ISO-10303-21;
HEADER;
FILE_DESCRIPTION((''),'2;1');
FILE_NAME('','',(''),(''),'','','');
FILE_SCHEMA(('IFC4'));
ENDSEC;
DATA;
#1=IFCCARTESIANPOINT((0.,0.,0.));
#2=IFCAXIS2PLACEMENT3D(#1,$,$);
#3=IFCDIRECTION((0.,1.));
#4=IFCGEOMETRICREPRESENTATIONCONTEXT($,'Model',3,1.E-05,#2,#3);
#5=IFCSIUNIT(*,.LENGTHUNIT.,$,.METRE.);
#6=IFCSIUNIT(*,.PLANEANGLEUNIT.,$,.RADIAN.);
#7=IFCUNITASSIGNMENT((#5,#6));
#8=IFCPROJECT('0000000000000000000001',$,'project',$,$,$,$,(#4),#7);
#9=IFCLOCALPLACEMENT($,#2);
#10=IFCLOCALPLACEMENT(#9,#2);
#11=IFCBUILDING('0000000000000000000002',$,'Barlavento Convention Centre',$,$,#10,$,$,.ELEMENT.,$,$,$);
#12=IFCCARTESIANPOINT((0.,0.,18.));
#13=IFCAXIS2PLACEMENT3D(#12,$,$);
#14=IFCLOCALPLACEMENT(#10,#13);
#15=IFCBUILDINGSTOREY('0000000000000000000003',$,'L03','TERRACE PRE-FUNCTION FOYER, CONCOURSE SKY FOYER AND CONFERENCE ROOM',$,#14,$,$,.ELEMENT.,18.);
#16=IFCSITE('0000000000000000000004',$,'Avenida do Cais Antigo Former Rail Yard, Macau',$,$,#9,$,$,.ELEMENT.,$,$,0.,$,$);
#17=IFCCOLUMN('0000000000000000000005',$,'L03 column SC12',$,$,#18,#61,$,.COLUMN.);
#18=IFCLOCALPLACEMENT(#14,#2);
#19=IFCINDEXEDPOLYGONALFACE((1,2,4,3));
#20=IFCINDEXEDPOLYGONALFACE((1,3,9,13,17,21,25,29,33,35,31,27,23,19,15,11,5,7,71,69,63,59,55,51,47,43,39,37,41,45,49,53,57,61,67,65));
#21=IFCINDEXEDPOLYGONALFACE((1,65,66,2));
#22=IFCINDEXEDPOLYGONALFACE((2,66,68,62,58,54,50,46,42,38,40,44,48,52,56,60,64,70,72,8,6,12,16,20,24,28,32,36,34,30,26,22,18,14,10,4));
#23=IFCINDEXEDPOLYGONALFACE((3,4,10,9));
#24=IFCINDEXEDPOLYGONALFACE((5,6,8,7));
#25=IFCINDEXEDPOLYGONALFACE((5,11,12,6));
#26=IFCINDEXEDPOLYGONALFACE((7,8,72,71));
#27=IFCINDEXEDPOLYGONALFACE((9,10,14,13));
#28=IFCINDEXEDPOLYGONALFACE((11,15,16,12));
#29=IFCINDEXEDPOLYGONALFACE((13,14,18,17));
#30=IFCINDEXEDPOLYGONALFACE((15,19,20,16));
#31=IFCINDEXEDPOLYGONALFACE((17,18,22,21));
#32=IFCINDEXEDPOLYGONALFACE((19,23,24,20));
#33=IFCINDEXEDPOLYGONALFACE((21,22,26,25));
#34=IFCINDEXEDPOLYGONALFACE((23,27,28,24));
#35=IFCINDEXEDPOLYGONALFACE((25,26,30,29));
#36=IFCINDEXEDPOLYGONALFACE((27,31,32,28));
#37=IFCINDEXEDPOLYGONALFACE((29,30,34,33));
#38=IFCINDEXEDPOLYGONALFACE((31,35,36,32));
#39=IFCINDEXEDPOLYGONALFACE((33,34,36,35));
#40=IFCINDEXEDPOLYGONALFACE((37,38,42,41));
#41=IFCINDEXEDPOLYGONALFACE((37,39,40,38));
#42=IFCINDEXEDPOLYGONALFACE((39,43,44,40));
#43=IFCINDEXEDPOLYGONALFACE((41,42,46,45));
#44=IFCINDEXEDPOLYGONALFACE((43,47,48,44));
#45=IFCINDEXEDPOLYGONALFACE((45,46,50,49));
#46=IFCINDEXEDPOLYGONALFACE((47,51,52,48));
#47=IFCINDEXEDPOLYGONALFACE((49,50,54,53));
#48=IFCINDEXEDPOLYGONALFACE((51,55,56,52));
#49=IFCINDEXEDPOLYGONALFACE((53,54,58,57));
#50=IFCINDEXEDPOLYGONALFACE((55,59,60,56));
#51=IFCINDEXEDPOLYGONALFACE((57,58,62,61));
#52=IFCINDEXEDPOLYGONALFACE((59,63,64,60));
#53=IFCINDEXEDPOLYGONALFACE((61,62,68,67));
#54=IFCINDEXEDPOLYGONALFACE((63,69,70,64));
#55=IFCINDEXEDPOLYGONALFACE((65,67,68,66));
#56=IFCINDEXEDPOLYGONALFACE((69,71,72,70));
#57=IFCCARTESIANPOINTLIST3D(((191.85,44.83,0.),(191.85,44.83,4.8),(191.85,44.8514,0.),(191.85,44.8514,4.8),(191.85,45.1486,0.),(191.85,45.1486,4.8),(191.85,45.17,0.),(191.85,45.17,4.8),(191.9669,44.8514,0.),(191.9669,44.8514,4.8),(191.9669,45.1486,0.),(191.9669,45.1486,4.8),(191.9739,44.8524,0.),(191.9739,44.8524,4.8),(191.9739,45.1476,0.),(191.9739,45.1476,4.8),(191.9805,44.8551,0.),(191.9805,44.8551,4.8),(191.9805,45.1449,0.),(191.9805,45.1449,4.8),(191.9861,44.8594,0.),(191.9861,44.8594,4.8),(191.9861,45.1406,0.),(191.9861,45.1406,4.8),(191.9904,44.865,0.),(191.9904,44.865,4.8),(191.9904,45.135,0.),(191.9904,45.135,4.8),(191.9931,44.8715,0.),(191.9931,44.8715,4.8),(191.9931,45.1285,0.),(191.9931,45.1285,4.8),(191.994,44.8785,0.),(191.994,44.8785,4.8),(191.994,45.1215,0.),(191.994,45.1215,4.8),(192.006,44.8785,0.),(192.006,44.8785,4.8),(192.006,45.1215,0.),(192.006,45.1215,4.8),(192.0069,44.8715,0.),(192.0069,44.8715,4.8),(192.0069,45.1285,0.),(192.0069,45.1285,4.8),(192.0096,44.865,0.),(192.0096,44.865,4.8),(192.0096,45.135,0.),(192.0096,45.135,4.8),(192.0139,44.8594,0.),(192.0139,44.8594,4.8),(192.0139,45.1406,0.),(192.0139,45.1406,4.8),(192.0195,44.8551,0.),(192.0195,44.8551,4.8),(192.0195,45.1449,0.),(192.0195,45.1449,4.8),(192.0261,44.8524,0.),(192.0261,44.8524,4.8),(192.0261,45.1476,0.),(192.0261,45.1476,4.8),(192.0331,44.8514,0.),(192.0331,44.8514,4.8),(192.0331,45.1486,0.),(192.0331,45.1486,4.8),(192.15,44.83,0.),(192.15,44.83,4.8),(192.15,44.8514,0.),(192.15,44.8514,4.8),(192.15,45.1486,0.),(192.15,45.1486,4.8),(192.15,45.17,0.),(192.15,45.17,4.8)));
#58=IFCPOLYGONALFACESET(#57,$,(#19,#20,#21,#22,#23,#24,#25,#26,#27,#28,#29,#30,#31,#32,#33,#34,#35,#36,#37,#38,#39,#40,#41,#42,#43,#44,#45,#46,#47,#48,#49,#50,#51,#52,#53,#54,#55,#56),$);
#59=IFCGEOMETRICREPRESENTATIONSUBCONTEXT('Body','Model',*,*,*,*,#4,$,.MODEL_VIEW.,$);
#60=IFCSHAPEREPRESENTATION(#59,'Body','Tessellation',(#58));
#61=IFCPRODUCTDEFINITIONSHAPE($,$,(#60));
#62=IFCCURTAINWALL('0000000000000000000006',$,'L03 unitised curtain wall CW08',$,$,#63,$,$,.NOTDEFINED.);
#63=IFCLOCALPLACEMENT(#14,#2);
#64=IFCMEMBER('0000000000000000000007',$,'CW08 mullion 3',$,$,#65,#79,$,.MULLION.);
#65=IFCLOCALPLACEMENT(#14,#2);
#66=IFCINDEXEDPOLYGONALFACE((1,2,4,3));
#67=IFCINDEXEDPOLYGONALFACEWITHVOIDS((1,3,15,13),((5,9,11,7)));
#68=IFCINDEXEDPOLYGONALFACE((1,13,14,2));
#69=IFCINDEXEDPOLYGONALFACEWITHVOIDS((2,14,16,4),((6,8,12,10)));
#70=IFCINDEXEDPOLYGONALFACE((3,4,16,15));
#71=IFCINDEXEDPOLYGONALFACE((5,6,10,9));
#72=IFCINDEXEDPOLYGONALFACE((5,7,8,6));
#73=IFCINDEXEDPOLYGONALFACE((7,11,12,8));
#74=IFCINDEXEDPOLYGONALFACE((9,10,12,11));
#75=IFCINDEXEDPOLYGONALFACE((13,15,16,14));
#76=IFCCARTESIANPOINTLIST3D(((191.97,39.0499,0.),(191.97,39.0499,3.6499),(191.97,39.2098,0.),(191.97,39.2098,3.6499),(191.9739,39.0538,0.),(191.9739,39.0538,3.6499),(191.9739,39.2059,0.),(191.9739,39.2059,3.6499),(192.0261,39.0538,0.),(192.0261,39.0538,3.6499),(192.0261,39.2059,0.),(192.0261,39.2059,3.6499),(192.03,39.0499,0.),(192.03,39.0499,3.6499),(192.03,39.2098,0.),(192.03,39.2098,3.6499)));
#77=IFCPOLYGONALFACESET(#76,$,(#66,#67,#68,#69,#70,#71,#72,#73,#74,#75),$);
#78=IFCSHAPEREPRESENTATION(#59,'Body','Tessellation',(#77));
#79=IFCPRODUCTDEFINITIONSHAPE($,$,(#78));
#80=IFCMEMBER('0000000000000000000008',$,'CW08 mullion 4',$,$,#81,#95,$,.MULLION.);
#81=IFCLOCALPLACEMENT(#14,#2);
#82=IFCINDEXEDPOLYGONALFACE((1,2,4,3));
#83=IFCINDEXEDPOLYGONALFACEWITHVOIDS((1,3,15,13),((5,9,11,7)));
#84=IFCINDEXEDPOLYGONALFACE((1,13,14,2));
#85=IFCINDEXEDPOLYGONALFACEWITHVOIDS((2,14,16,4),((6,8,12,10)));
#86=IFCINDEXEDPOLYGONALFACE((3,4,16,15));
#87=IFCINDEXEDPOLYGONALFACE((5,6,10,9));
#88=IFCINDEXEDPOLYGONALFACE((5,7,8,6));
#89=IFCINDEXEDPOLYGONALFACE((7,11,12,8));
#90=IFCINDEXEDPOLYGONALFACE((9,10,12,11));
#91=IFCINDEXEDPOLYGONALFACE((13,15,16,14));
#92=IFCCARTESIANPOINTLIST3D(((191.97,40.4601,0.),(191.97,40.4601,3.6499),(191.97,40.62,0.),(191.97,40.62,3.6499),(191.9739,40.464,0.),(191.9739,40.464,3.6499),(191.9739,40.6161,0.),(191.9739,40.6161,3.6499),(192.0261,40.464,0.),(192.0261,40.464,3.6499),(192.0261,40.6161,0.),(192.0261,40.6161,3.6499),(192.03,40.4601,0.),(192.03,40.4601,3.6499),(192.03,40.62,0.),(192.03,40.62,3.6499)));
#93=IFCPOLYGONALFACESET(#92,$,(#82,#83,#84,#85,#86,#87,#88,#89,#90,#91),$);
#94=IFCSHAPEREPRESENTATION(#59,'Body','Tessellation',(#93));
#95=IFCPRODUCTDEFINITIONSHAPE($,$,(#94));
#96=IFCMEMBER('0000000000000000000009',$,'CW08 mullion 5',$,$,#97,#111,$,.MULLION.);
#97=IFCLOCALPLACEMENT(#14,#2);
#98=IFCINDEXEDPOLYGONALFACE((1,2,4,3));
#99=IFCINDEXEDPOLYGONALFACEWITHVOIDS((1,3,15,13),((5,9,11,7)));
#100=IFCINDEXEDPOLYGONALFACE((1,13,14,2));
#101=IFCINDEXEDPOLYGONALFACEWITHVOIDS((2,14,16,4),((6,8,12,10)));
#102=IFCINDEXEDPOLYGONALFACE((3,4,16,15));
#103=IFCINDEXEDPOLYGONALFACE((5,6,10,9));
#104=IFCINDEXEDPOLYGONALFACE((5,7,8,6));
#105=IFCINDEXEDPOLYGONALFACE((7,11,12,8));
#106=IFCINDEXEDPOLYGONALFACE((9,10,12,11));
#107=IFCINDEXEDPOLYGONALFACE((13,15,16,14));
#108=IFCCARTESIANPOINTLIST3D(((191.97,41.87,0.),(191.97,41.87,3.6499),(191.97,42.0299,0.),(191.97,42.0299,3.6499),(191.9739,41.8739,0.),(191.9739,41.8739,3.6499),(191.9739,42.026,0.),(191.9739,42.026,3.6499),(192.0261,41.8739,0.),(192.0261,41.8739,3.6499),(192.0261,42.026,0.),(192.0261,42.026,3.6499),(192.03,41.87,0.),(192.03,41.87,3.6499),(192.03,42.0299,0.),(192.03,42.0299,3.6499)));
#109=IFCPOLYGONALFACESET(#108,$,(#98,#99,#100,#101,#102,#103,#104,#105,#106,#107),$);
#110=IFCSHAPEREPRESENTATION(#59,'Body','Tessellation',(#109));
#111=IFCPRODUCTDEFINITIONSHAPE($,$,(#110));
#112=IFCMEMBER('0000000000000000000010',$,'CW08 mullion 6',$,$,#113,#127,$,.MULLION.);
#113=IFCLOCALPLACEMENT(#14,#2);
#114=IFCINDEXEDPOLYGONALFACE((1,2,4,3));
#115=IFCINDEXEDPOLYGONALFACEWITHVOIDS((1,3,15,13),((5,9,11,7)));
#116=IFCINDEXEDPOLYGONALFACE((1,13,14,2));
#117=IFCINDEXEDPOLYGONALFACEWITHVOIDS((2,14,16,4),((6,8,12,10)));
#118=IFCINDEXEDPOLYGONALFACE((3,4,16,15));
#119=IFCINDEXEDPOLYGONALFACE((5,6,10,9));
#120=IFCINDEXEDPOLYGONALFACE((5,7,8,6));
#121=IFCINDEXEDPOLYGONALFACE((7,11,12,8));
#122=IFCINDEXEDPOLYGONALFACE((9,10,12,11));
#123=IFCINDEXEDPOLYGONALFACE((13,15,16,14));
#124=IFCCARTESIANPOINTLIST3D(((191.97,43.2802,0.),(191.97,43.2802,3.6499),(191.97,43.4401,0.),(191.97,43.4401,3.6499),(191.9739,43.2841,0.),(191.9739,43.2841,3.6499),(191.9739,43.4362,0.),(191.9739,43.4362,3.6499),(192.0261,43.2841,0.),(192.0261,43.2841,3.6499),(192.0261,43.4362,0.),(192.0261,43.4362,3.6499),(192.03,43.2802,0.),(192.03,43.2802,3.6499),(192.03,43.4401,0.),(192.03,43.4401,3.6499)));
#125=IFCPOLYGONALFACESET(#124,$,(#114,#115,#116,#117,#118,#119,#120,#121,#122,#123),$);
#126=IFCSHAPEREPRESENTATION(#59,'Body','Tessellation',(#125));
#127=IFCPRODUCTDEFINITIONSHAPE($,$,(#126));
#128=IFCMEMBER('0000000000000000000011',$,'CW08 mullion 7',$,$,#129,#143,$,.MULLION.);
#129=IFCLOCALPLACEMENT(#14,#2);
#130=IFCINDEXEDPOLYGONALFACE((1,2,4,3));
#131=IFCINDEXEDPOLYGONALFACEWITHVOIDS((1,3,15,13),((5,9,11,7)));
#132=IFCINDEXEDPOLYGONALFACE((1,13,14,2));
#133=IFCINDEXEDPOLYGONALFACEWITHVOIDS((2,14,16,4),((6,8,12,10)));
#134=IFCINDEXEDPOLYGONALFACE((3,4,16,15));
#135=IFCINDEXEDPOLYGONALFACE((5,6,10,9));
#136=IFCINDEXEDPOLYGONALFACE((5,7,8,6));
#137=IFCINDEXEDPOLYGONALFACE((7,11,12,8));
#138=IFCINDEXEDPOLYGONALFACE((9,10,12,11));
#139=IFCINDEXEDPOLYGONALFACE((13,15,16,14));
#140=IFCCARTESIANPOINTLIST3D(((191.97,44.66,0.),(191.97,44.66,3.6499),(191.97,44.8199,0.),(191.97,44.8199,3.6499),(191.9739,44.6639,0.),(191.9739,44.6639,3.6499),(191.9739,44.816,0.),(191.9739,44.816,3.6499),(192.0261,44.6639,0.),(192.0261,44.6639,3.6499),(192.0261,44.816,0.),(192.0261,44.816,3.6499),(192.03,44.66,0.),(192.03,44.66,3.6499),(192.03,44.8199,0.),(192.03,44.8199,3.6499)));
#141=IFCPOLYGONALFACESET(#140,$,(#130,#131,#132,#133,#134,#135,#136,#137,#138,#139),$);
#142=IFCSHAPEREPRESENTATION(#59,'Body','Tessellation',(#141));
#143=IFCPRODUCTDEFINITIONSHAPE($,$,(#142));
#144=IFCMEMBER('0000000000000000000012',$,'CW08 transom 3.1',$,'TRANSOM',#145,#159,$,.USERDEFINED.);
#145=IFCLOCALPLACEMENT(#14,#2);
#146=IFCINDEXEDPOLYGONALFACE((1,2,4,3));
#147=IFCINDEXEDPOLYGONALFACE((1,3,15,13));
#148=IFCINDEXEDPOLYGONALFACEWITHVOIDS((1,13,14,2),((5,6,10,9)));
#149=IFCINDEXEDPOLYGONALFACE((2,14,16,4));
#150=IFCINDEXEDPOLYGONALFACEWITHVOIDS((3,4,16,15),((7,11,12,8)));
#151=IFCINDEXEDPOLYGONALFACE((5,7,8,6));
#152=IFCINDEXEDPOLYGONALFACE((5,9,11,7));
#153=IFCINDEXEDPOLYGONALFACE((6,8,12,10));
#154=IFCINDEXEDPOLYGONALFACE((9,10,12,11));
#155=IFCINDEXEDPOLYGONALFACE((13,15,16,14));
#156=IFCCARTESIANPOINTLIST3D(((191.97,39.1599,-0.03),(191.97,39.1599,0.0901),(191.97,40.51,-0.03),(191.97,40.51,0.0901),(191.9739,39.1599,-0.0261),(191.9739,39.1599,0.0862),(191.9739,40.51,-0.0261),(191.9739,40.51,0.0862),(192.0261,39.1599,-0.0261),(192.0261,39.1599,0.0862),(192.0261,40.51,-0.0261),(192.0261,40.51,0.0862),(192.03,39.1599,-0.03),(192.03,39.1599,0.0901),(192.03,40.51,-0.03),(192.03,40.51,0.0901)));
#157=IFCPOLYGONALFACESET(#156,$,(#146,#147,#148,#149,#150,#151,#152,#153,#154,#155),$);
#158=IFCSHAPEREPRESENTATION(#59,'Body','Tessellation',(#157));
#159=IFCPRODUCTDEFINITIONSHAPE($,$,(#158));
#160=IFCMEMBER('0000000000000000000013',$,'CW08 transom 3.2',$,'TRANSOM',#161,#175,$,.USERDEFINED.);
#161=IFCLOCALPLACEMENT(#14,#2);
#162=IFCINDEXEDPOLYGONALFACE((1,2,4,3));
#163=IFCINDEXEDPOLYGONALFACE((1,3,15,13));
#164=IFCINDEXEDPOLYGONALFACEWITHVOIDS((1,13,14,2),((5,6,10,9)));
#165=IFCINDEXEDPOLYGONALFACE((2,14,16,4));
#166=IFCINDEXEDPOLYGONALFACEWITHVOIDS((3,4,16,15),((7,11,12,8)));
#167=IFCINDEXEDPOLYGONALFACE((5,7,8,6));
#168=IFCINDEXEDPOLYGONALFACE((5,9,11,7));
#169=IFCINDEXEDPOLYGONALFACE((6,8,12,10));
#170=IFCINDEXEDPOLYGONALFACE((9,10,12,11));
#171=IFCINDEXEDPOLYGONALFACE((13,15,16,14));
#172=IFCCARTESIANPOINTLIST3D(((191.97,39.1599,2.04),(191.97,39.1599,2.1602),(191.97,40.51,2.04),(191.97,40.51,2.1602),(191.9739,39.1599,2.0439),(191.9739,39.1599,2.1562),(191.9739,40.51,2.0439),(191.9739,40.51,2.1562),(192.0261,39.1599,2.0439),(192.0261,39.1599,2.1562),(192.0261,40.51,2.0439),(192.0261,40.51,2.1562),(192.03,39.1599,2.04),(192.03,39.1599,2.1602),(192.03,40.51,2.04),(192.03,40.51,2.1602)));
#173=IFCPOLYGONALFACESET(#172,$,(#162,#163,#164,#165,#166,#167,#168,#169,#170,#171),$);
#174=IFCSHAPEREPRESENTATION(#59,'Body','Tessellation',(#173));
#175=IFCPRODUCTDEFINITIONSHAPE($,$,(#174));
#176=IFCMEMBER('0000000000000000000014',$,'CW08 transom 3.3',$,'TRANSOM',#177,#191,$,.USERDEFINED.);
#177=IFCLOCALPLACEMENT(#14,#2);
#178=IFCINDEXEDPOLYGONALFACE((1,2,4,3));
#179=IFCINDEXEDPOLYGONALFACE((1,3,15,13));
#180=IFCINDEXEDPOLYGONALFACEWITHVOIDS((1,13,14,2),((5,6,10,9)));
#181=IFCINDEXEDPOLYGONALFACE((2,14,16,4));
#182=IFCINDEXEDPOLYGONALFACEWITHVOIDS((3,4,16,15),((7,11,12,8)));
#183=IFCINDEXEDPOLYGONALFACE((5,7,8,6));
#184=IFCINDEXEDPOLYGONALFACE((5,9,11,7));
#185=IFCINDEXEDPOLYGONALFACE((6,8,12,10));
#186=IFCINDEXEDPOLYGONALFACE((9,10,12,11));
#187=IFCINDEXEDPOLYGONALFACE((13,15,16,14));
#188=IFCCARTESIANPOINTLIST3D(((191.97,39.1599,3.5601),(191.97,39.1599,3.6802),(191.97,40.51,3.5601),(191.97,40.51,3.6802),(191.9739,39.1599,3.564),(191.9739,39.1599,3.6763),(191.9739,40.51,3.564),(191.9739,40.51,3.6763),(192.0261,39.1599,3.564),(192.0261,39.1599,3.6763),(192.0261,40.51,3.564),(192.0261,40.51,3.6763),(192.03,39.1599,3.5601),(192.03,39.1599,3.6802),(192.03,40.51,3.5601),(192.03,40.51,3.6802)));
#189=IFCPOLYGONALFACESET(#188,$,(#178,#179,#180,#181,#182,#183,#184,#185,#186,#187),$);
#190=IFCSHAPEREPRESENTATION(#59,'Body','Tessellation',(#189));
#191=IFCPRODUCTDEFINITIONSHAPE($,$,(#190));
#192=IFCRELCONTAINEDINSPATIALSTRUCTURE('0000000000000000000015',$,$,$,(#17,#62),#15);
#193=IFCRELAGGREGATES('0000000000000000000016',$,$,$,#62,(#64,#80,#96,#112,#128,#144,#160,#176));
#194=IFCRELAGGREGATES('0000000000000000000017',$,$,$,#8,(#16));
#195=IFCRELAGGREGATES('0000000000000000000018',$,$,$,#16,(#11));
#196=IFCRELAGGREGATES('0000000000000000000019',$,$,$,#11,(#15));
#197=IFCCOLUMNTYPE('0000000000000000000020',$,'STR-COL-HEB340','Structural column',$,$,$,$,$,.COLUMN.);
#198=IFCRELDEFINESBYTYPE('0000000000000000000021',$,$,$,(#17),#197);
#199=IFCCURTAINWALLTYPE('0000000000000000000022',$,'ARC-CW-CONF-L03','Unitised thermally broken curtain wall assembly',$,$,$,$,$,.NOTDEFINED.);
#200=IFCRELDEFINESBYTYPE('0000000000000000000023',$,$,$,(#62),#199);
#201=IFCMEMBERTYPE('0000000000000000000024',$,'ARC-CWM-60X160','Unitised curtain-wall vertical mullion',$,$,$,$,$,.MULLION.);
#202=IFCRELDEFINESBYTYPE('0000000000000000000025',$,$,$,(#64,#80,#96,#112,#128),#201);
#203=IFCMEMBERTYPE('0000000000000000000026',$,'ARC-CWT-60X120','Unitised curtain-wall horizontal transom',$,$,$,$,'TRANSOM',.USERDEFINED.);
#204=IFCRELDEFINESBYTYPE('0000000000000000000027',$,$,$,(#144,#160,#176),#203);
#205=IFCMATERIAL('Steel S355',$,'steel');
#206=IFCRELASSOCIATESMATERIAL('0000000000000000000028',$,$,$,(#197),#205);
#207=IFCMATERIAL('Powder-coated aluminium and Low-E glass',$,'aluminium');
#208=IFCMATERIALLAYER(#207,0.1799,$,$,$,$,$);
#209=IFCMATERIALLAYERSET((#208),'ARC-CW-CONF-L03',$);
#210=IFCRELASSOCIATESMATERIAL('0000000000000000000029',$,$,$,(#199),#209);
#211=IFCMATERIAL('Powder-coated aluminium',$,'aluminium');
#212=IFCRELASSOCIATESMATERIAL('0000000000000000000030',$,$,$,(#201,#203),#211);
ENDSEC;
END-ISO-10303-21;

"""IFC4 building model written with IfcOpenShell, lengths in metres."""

from ifc_helpers import new_model, si_unit, direction, frame, origin, origin_2d, place, context, subcontext, project, spatial, hollow_rectangle, i_section, extrude, material, layer, layer_set, material_profile, profile_set, type_object, element, aggregate, save


model = new_model("IFC4")

# Units and contexts
model_context = context("Model", 3, precision=1e-05, world=origin(), true_north=direction((0.0, 1.0)))
body_context = subcontext(model_context, "Body", "Model", "MODEL_VIEW")
ifc_project = project(units=[si_unit("LENGTHUNIT", "METRE"), si_unit("PLANEANGLEUNIT", "RADIAN")], contexts=[model_context])

# Site, building, storey
site_placement = place(None, origin())
site = spatial("IfcSite", under=ifc_project, at=site_placement, Name="Avenida do Cais Antigo Former Rail Yard, Macau", CompositionType="ELEMENT", RefElevation=0.0)
building_placement = place(site_placement, origin())
building = spatial("IfcBuilding", under=site, at=building_placement, Name="Barlavento Convention Centre", CompositionType="ELEMENT")
storey_placement = place(building_placement, frame((0.0, 0.0, 18.0)))
storey = spatial("IfcBuildingStorey", under=building, at=storey_placement, Name="L03", Description="TERRACE PRE-FUNCTION FOYER, CONCOURSE SKY FOYER AND CONFERENCE ROOM", CompositionType="ELEMENT", Elevation=18.0)

# Column
ifc_material_1 = material(Name="Steel S355", Category="steel")
ifc_material_profile_1 = material_profile(ifc_material_1, i_section(OverallWidth=0.3, OverallDepth=0.3401, WebThickness=0.012, FlangeThickness=0.0215, FilletRadius=0.0271, at=origin_2d()), Name="HEB 340")
ifc_profile_set_1 = profile_set([ifc_material_profile_1], Name="Steel S355")
column_type = type_object("IfcColumnType", Name="STR-COL-HEB340", Description="Structural column", PredefinedType="COLUMN", material=ifc_profile_set_1)
column_placement = place(storey_placement, frame((192.0, 45.0, 0.0), z_axis=(0.0, 0.0, 1.0), x_axis=(1.0, 0.0, 0.0)))
element("IfcColumn", 1, at=column_placement, inside=storey, type_object=column_type, Name="L03 column SC12", PredefinedType="COLUMN", context=body_context, shape_type="SweptSolid", body=[
    extrude(i_section(OverallWidth=0.3, OverallDepth=0.3401, WebThickness=0.012, FlangeThickness=0.0215, FilletRadius=0.0271, at=origin_2d()), origin(), (0.0, 0.0, 1.0), 4.8),
])

# Curtain wall, members
ifc_material_2 = material(Name="Powder-coated aluminium and Low-E glass", Category="aluminium")
ifc_layer_1 = layer(ifc_material_2, 0.1799)
ifc_layer_set_1 = layer_set([ifc_layer_1], Name="ARC-CW-CONF-L03")
curtain_wall_type = type_object("IfcCurtainWallType", Name="ARC-CW-CONF-L03", Description="Unitised thermally broken curtain wall assembly", PredefinedType="NOTDEFINED", material=ifc_layer_set_1)
curtain_wall_placement = place(storey_placement, origin())
curtain_wall = element("IfcCurtainWall", 2, at=curtain_wall_placement, inside=storey, type_object=curtain_wall_type, Name="L03 unitised curtain wall CW08", PredefinedType="NOTDEFINED")
ifc_material_3 = material(Name="Powder-coated aluminium", Category="aluminium")
ifc_material_profile_2 = material_profile(ifc_material_3, hollow_rectangle(XDim=0.0601, YDim=0.1599, WallThickness=0.0039, at=origin_2d()), Name="AL-MULL 60x160x4")
ifc_profile_set_2 = profile_set([ifc_material_profile_2], Name="Powder-coated aluminium")
member_type_1 = type_object("IfcMemberType", Name="ARC-CWM-60X160", Description="Unitised curtain-wall vertical mullion", PredefinedType="MULLION", material=ifc_profile_set_2)
member_1_placement = place(storey_placement, frame((192.0, 39.1299, 0.0), z_axis=(0.0, 0.0, 1.0), x_axis=(-1.0, 0.0, 0.0)))
member_1 = element("IfcMember", 3, at=member_1_placement, type_object=member_type_1, Name="CW08 mullion 3", PredefinedType="MULLION", context=body_context, shape_type="SweptSolid", body=[
    extrude(hollow_rectangle(XDim=0.0601, YDim=0.1599, WallThickness=0.0039, at=origin_2d()), origin(), (0.0, 0.0, 1.0), 3.6499),
])
member_2_placement = place(storey_placement, frame((192.0, 40.54, 0.0), z_axis=(0.0, 0.0, 1.0), x_axis=(-1.0, 0.0, 0.0)))
member_2 = element("IfcMember", 4, at=member_2_placement, type_object=member_type_1, Name="CW08 mullion 4", PredefinedType="MULLION", context=body_context, shape_type="SweptSolid", body=[
    extrude(hollow_rectangle(XDim=0.0601, YDim=0.1599, WallThickness=0.0039, at=origin_2d()), origin(), (0.0, 0.0, 1.0), 3.6499),
])
member_3_placement = place(storey_placement, frame((192.0, 41.95, 0.0), z_axis=(0.0, 0.0, 1.0), x_axis=(-1.0, 0.0, 0.0)))
member_3 = element("IfcMember", 5, at=member_3_placement, type_object=member_type_1, Name="CW08 mullion 5", PredefinedType="MULLION", context=body_context, shape_type="SweptSolid", body=[
    extrude(hollow_rectangle(XDim=0.0601, YDim=0.1599, WallThickness=0.0039, at=origin_2d()), origin(), (0.0, 0.0, 1.0), 3.6499),
])
member_4_placement = place(storey_placement, frame((192.0, 43.3601, 0.0), z_axis=(0.0, 0.0, 1.0), x_axis=(-1.0, 0.0, 0.0)))
member_4 = element("IfcMember", 6, at=member_4_placement, type_object=member_type_1, Name="CW08 mullion 6", PredefinedType="MULLION", context=body_context, shape_type="SweptSolid", body=[
    extrude(hollow_rectangle(XDim=0.0601, YDim=0.1599, WallThickness=0.0039, at=origin_2d()), origin(), (0.0, 0.0, 1.0), 3.6499),
])
member_5_placement = place(storey_placement, frame((192.0, 44.74, 0.0), z_axis=(0.0, 0.0, 1.0), x_axis=(-1.0, 0.0, 0.0)))
member_5 = element("IfcMember", 7, at=member_5_placement, type_object=member_type_1, Name="CW08 mullion 7", PredefinedType="MULLION", context=body_context, shape_type="SweptSolid", body=[
    extrude(hollow_rectangle(XDim=0.0601, YDim=0.1599, WallThickness=0.0039, at=origin_2d()), origin(), (0.0, 0.0, 1.0), 3.6499),
])
ifc_material_profile_3 = material_profile(ifc_material_3, hollow_rectangle(XDim=0.0601, YDim=0.1201, WallThickness=0.0039, at=origin_2d()), Name="AL-TRAN 60x120x4")
ifc_profile_set_3 = profile_set([ifc_material_profile_3], Name="Powder-coated aluminium")
member_type_2 = type_object("IfcMemberType", Name="ARC-CWT-60X120", Description="Unitised curtain-wall horizontal transom", ElementType="TRANSOM", PredefinedType="USERDEFINED", material=ifc_profile_set_3)
member_6_placement = place(storey_placement, frame((192.0, 39.1599, 0.03), z_axis=(0.0, 1.0, 0.0), x_axis=(-1.0, 0.0, 0.0)))
member_6 = element("IfcMember", 8, at=member_6_placement, type_object=member_type_2, Name="CW08 transom 3.1", ObjectType="TRANSOM", PredefinedType="USERDEFINED", context=body_context, shape_type="SweptSolid", body=[
    extrude(hollow_rectangle(XDim=0.0601, YDim=0.1201, WallThickness=0.0039, at=origin_2d()), origin(), (0.0, 0.0, 1.0), 1.3501),
])
member_7_placement = place(storey_placement, frame((192.0, 39.1599, 2.1001), z_axis=(0.0, 1.0, 0.0), x_axis=(-1.0, 0.0, 0.0)))
member_7 = element("IfcMember", 9, at=member_7_placement, type_object=member_type_2, Name="CW08 transom 3.2", ObjectType="TRANSOM", PredefinedType="USERDEFINED", context=body_context, shape_type="SweptSolid", body=[
    extrude(hollow_rectangle(XDim=0.0601, YDim=0.1201, WallThickness=0.0039, at=origin_2d()), origin(), (0.0, 0.0, 1.0), 1.3501),
])
member_8_placement = place(storey_placement, frame((192.0, 39.1599, 3.6201), z_axis=(0.0, 1.0, 0.0), x_axis=(-1.0, 0.0, 0.0)))
member_8 = element("IfcMember", 10, at=member_8_placement, type_object=member_type_2, Name="CW08 transom 3.3", ObjectType="TRANSOM", PredefinedType="USERDEFINED", context=body_context, shape_type="SweptSolid", body=[
    extrude(hollow_rectangle(XDim=0.0601, YDim=0.1201, WallThickness=0.0039, at=origin_2d()), origin(), (0.0, 0.0, 1.0), 1.3501),
])
aggregate(curtain_wall, [member_1, member_2, member_3, member_4, member_5, member_6, member_7, member_8])

save(model, "model.ifc")
